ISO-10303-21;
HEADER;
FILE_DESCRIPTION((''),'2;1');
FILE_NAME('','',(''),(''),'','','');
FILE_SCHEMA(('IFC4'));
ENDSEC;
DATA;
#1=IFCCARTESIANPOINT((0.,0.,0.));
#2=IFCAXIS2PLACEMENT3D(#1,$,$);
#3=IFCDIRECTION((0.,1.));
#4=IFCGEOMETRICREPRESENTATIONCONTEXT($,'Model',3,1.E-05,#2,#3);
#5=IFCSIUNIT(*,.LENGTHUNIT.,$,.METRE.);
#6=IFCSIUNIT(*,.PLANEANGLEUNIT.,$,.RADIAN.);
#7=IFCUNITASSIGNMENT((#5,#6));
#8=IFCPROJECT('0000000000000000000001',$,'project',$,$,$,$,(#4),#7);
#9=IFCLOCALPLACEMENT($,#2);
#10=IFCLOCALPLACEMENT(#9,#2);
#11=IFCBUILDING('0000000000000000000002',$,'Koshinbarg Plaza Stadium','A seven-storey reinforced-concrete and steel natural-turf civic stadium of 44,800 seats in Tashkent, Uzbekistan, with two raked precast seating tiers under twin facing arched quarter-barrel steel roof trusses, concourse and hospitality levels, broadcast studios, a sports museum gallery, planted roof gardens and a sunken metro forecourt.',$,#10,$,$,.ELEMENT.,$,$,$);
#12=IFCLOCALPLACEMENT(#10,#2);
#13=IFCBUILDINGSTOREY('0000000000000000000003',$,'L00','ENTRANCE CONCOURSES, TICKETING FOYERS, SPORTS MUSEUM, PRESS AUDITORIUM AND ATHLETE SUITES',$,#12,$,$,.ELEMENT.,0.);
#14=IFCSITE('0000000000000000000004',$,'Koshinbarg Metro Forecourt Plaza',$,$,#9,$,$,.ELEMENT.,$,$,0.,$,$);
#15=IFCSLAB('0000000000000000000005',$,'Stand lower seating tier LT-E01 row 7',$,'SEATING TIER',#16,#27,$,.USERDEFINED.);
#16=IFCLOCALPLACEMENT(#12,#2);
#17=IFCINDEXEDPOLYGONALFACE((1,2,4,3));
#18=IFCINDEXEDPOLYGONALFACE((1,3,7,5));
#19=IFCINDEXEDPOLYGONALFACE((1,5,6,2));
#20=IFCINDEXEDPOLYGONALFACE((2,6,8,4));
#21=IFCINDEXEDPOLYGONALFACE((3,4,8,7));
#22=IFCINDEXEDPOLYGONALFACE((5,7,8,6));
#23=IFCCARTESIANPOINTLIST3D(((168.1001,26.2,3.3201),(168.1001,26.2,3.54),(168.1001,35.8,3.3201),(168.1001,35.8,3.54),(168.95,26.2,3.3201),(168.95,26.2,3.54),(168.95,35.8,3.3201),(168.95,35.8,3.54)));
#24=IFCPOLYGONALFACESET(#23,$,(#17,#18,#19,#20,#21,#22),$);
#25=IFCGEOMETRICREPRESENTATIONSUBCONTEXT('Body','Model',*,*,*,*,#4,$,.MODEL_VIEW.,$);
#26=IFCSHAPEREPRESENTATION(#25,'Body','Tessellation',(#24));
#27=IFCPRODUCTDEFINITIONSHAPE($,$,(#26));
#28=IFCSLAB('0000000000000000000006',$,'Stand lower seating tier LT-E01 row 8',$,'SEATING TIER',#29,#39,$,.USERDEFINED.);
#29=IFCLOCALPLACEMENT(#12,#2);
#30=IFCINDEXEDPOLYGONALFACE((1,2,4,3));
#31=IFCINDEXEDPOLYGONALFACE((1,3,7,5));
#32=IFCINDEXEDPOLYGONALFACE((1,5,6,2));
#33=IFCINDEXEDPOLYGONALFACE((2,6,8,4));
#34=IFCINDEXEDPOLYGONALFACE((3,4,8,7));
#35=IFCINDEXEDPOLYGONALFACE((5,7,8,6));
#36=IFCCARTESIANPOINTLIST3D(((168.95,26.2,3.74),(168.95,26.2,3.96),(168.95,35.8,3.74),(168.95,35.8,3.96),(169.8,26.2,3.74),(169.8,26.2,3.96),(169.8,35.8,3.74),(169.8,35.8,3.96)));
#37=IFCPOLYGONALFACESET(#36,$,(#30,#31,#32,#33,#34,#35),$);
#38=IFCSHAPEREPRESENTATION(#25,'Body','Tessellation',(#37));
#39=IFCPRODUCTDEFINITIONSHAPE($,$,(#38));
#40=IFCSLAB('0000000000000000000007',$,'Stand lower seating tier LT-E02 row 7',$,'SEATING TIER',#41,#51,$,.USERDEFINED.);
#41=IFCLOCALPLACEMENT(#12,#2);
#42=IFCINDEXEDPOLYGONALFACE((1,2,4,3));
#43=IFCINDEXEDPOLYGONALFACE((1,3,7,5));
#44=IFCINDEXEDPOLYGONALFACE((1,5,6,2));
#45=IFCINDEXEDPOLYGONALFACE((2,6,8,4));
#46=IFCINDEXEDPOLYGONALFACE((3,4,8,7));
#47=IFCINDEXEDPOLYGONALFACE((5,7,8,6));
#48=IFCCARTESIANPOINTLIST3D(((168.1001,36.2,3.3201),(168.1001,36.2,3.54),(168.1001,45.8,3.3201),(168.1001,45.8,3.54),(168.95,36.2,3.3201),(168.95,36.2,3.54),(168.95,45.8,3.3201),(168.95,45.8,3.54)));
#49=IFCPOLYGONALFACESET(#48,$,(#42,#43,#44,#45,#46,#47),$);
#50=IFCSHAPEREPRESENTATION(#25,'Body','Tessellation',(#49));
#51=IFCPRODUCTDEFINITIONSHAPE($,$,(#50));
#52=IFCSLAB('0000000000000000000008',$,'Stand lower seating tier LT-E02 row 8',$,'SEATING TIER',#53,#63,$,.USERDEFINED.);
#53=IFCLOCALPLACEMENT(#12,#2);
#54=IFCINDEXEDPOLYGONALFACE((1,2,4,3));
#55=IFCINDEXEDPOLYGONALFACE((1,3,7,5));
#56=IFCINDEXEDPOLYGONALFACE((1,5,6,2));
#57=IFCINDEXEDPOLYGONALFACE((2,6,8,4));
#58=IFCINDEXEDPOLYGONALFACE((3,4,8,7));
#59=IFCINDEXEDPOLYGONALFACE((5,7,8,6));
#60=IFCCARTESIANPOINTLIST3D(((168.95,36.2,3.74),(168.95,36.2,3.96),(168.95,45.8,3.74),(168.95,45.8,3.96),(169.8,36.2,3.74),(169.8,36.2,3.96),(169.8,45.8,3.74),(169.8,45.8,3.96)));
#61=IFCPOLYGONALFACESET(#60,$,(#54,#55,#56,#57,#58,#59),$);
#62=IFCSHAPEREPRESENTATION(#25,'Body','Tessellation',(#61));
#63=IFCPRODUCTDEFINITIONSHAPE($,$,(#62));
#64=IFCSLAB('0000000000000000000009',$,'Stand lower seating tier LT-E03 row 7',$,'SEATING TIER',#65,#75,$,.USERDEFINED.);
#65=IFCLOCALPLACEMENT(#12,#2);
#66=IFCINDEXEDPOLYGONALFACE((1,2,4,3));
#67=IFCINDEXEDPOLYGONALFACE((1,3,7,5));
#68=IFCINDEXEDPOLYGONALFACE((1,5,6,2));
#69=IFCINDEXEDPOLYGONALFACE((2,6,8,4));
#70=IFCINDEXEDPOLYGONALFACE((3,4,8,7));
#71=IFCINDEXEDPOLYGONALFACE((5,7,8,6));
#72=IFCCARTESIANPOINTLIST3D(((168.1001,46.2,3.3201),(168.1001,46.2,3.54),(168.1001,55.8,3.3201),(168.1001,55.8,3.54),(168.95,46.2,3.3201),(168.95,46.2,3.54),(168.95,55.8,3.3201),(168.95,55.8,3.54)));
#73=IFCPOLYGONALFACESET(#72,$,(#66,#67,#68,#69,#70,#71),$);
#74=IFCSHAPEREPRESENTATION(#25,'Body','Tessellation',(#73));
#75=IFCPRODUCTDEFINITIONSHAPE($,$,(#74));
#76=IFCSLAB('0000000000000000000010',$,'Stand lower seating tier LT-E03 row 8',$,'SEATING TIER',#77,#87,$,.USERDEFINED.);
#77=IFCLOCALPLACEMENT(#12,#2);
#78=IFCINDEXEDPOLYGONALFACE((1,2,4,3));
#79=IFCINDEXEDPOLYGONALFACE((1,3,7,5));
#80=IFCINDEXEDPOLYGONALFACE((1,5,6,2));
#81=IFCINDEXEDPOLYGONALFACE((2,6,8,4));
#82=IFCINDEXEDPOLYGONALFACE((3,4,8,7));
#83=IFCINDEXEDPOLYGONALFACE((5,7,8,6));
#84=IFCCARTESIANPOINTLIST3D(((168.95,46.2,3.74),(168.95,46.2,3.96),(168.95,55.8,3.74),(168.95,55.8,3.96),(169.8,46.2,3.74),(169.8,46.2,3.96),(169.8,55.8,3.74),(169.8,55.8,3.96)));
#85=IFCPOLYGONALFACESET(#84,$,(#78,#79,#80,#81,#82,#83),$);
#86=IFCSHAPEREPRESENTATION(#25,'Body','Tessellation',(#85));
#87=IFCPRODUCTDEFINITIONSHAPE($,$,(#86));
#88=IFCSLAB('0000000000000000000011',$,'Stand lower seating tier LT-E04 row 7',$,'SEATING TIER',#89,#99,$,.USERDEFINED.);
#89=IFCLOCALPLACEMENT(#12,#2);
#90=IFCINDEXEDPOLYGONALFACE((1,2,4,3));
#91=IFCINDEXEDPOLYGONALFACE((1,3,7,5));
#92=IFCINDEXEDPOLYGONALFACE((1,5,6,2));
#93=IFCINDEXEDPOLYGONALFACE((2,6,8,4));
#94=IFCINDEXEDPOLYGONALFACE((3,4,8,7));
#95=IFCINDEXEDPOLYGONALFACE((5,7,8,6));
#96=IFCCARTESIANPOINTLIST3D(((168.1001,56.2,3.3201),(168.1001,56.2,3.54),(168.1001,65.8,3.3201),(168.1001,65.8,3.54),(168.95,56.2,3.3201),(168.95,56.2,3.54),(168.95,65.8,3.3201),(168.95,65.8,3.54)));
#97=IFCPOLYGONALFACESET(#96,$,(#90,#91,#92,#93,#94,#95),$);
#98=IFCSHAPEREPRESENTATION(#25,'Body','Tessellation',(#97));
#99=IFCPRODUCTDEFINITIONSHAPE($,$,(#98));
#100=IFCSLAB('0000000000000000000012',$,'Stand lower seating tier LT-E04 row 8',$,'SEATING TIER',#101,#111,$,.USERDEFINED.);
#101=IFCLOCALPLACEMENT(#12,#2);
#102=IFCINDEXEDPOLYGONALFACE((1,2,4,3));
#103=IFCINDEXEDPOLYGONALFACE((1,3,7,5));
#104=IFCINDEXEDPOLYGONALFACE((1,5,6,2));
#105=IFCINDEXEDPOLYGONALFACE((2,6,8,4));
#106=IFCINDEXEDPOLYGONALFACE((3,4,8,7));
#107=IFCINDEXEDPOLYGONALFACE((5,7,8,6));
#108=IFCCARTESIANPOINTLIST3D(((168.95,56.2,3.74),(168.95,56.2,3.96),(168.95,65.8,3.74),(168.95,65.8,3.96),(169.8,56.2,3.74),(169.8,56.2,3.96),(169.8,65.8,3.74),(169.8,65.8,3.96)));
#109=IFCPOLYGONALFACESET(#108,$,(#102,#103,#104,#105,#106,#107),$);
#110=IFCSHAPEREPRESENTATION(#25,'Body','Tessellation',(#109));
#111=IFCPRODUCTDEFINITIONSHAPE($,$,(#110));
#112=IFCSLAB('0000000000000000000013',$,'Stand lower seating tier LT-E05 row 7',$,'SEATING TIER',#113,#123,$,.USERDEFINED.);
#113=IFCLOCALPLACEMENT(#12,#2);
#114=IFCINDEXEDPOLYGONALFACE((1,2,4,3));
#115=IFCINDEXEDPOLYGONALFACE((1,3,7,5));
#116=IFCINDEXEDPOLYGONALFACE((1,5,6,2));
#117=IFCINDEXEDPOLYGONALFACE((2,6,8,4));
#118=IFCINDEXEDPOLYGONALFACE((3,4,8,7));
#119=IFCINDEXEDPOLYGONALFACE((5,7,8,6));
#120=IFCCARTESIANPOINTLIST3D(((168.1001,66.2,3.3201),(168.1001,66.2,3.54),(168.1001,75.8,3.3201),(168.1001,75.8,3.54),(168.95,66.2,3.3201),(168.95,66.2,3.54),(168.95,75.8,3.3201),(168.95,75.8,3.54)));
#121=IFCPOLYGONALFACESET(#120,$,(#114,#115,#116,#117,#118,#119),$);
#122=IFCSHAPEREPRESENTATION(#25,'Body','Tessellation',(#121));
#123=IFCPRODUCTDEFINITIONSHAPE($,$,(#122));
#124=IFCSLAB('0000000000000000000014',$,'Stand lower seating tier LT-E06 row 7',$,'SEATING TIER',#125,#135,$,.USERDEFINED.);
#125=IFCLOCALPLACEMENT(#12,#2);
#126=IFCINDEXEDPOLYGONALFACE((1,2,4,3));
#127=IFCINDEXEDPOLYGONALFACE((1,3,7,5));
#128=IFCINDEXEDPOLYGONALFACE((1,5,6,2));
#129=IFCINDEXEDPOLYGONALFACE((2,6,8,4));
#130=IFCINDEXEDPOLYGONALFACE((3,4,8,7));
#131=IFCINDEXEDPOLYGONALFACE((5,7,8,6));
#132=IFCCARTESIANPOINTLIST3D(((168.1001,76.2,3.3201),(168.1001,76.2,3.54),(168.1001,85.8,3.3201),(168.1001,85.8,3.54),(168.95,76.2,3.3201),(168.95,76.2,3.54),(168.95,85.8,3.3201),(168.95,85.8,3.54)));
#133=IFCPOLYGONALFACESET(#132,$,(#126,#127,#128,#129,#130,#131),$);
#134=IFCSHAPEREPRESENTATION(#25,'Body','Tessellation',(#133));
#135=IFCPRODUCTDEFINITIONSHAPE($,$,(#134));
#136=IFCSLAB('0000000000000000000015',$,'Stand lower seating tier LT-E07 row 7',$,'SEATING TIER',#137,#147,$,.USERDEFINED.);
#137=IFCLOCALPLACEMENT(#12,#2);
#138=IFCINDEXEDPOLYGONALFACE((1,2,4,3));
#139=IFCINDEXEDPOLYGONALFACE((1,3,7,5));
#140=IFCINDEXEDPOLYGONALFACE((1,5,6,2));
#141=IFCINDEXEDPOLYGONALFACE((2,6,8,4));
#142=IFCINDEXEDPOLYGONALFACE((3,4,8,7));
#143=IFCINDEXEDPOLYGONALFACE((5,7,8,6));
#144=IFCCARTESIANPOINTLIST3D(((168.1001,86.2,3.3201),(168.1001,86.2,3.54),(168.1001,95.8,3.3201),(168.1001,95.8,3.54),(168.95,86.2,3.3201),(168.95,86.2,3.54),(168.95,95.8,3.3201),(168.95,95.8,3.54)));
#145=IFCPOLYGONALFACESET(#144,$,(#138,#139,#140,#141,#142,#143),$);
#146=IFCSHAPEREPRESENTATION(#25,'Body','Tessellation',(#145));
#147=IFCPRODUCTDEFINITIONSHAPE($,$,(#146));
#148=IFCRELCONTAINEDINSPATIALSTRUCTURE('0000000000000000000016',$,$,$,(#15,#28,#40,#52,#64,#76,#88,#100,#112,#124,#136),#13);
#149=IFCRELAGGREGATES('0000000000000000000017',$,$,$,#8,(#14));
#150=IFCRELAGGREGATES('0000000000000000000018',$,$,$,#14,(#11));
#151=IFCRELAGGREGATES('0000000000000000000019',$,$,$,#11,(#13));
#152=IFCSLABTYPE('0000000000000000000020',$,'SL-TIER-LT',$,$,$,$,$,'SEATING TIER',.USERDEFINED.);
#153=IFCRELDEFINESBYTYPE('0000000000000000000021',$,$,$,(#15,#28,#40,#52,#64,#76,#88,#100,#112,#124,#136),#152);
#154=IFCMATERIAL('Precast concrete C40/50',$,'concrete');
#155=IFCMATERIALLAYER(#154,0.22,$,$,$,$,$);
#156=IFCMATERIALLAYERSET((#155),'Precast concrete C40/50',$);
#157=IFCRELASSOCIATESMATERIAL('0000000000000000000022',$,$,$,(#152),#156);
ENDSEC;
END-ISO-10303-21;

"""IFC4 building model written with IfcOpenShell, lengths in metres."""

from ifc_helpers import new_model, si_unit, direction, frame, origin, place, context, subcontext, project, spatial, polyline, outline, extrude, material, layer, layer_set, type_object, element, save


model = new_model("IFC4")

# Units and contexts
model_context = context("Model", 3, precision=1e-05, world=origin(), true_north=direction((0.0, 1.0)))
body_context = subcontext(model_context, "Body", "Model", "MODEL_VIEW")
ifc_project = project(units=[si_unit("LENGTHUNIT", "METRE"), si_unit("PLANEANGLEUNIT", "RADIAN")], contexts=[model_context])

# Site, building, storey
site_placement = place(None, origin())
site = spatial("IfcSite", under=ifc_project, at=site_placement, Name="Koshinbarg Metro Forecourt Plaza", CompositionType="ELEMENT", RefElevation=0.0)
building_placement = place(site_placement, origin())
building = spatial("IfcBuilding", under=site, at=building_placement, Name="Koshinbarg Plaza Stadium", Description="A seven-storey reinforced-concrete and steel natural-turf civic stadium of 44,800 seats in Tashkent, Uzbekistan, with two raked precast seating tiers under twin facing arched quarter-barrel steel roof trusses, concourse and hospitality levels, broadcast studios, a sports museum gallery, planted roof gardens and a sunken metro forecourt.", CompositionType="ELEMENT")
storey_placement = place(building_placement, origin())
storey = spatial("IfcBuildingStorey", under=building, at=storey_placement, Name="L00", Description="ENTRANCE CONCOURSES, TICKETING FOYERS, SPORTS MUSEUM, PRESS AUDITORIUM AND ATHLETE SUITES", CompositionType="ELEMENT", Elevation=0.0)

# Slabs
ifc_material = material(Name="Precast concrete C40/50", Category="concrete")
ifc_layer = layer(ifc_material, 0.22)
ifc_layer_set = layer_set([ifc_layer], Name="Precast concrete C40/50")
slab_type = type_object("IfcSlabType", Name="SL-TIER-LT", ElementType="SEATING TIER", PredefinedType="USERDEFINED", material=ifc_layer_set)
slab_1_placement = place(storey_placement, frame((0.0, 0.0, 3.3201)))
element("IfcSlab", 1, at=slab_1_placement, inside=storey, type_object=slab_type, Name="Stand lower seating tier LT-E01 row 7", ObjectType="SEATING TIER", PredefinedType="USERDEFINED", context=body_context, shape_type="SweptSolid", body=[
    extrude(outline(polyline([(168.1001, 26.2), (168.95, 26.2), (168.95, 35.8), (168.1001, 35.8), (168.1001, 26.2)])), origin(), (0.0, 0.0, 1.0), 0.22),
])
slab_2_placement = place(storey_placement, frame((0.0, 0.0, 3.74)))
element("IfcSlab", 2, at=slab_2_placement, inside=storey, type_object=slab_type, Name="Stand lower seating tier LT-E01 row 8", ObjectType="SEATING TIER", PredefinedType="USERDEFINED", context=body_context, shape_type="SweptSolid", body=[
    extrude(outline(polyline([(168.95, 26.2), (169.8, 26.2), (169.8, 35.8), (168.95, 35.8), (168.95, 26.2)])), origin(), (0.0, 0.0, 1.0), 0.22),
])
slab_3_placement = place(storey_placement, frame((0.0, 0.0, 3.3201)))
element("IfcSlab", 3, at=slab_3_placement, inside=storey, type_object=slab_type, Name="Stand lower seating tier LT-E02 row 7", ObjectType="SEATING TIER", PredefinedType="USERDEFINED", context=body_context, shape_type="SweptSolid", body=[
    extrude(outline(polyline([(168.1001, 36.2), (168.95, 36.2), (168.95, 45.8), (168.1001, 45.8), (168.1001, 36.2)])), origin(), (0.0, 0.0, 1.0), 0.22),
])
slab_4_placement = place(storey_placement, frame((0.0, 0.0, 3.74)))
element("IfcSlab", 4, at=slab_4_placement, inside=storey, type_object=slab_type, Name="Stand lower seating tier LT-E02 row 8", ObjectType="SEATING TIER", PredefinedType="USERDEFINED", context=body_context, shape_type="SweptSolid", body=[
    extrude(outline(polyline([(168.95, 36.2), (169.8, 36.2), (169.8, 45.8), (168.95, 45.8), (168.95, 36.2)])), origin(), (0.0, 0.0, 1.0), 0.22),
])
slab_5_placement = place(storey_placement, frame((0.0, 0.0, 3.3201)))
element("IfcSlab", 5, at=slab_5_placement, inside=storey, type_object=slab_type, Name="Stand lower seating tier LT-E03 row 7", ObjectType="SEATING TIER", PredefinedType="USERDEFINED", context=body_context, shape_type="SweptSolid", body=[
    extrude(outline(polyline([(168.1001, 46.2), (168.95, 46.2), (168.95, 55.8), (168.1001, 55.8), (168.1001, 46.2)])), origin(), (0.0, 0.0, 1.0), 0.22),
])
slab_6_placement = place(storey_placement, frame((0.0, 0.0, 3.74)))
element("IfcSlab", 6, at=slab_6_placement, inside=storey, type_object=slab_type, Name="Stand lower seating tier LT-E03 row 8", ObjectType="SEATING TIER", PredefinedType="USERDEFINED", context=body_context, shape_type="SweptSolid", body=[
    extrude(outline(polyline([(168.95, 46.2), (169.8, 46.2), (169.8, 55.8), (168.95, 55.8), (168.95, 46.2)])), origin(), (0.0, 0.0, 1.0), 0.22),
])
slab_7_placement = place(storey_placement, frame((0.0, 0.0, 3.3201)))
element("IfcSlab", 7, at=slab_7_placement, inside=storey, type_object=slab_type, Name="Stand lower seating tier LT-E04 row 7", ObjectType="SEATING TIER", PredefinedType="USERDEFINED", context=body_context, shape_type="SweptSolid", body=[
    extrude(outline(polyline([(168.1001, 56.2), (168.95, 56.2), (168.95, 65.8), (168.1001, 65.8), (168.1001, 56.2)])), origin(), (0.0, 0.0, 1.0), 0.22),
])
slab_8_placement = place(storey_placement, frame((0.0, 0.0, 3.74)))
element("IfcSlab", 8, at=slab_8_placement, inside=storey, type_object=slab_type, Name="Stand lower seating tier LT-E04 row 8", ObjectType="SEATING TIER", PredefinedType="USERDEFINED", context=body_context, shape_type="SweptSolid", body=[
    extrude(outline(polyline([(168.95, 56.2), (169.8, 56.2), (169.8, 65.8), (168.95, 65.8), (168.95, 56.2)])), origin(), (0.0, 0.0, 1.0), 0.22),
])
slab_9_placement = place(storey_placement, frame((0.0, 0.0, 3.3201)))
element("IfcSlab", 9, at=slab_9_placement, inside=storey, type_object=slab_type, Name="Stand lower seating tier LT-E05 row 7", ObjectType="SEATING TIER", PredefinedType="USERDEFINED", context=body_context, shape_type="SweptSolid", body=[
    extrude(outline(polyline([(168.1001, 66.2), (168.95, 66.2), (168.95, 75.8), (168.1001, 75.8), (168.1001, 66.2)])), origin(), (0.0, 0.0, 1.0), 0.22),
])
slab_10_placement = place(storey_placement, frame((0.0, 0.0, 3.3201)))
element("IfcSlab", 10, at=slab_10_placement, inside=storey, type_object=slab_type, Name="Stand lower seating tier LT-E06 row 7", ObjectType="SEATING TIER", PredefinedType="USERDEFINED", context=body_context, shape_type="SweptSolid", body=[
    extrude(outline(polyline([(168.1001, 76.2), (168.95, 76.2), (168.95, 85.8), (168.1001, 85.8), (168.1001, 76.2)])), origin(), (0.0, 0.0, 1.0), 0.22),
])
slab_11_placement = place(storey_placement, frame((0.0, 0.0, 3.3201)))
element("IfcSlab", 11, at=slab_11_placement, inside=storey, type_object=slab_type, Name="Stand lower seating tier LT-E07 row 7", ObjectType="SEATING TIER", PredefinedType="USERDEFINED", context=body_context, shape_type="SweptSolid", body=[
    extrude(outline(polyline([(168.1001, 86.2), (168.95, 86.2), (168.95, 95.8), (168.1001, 95.8), (168.1001, 86.2)])), origin(), (0.0, 0.0, 1.0), 0.22),
])

save(model, "model.ifc")
